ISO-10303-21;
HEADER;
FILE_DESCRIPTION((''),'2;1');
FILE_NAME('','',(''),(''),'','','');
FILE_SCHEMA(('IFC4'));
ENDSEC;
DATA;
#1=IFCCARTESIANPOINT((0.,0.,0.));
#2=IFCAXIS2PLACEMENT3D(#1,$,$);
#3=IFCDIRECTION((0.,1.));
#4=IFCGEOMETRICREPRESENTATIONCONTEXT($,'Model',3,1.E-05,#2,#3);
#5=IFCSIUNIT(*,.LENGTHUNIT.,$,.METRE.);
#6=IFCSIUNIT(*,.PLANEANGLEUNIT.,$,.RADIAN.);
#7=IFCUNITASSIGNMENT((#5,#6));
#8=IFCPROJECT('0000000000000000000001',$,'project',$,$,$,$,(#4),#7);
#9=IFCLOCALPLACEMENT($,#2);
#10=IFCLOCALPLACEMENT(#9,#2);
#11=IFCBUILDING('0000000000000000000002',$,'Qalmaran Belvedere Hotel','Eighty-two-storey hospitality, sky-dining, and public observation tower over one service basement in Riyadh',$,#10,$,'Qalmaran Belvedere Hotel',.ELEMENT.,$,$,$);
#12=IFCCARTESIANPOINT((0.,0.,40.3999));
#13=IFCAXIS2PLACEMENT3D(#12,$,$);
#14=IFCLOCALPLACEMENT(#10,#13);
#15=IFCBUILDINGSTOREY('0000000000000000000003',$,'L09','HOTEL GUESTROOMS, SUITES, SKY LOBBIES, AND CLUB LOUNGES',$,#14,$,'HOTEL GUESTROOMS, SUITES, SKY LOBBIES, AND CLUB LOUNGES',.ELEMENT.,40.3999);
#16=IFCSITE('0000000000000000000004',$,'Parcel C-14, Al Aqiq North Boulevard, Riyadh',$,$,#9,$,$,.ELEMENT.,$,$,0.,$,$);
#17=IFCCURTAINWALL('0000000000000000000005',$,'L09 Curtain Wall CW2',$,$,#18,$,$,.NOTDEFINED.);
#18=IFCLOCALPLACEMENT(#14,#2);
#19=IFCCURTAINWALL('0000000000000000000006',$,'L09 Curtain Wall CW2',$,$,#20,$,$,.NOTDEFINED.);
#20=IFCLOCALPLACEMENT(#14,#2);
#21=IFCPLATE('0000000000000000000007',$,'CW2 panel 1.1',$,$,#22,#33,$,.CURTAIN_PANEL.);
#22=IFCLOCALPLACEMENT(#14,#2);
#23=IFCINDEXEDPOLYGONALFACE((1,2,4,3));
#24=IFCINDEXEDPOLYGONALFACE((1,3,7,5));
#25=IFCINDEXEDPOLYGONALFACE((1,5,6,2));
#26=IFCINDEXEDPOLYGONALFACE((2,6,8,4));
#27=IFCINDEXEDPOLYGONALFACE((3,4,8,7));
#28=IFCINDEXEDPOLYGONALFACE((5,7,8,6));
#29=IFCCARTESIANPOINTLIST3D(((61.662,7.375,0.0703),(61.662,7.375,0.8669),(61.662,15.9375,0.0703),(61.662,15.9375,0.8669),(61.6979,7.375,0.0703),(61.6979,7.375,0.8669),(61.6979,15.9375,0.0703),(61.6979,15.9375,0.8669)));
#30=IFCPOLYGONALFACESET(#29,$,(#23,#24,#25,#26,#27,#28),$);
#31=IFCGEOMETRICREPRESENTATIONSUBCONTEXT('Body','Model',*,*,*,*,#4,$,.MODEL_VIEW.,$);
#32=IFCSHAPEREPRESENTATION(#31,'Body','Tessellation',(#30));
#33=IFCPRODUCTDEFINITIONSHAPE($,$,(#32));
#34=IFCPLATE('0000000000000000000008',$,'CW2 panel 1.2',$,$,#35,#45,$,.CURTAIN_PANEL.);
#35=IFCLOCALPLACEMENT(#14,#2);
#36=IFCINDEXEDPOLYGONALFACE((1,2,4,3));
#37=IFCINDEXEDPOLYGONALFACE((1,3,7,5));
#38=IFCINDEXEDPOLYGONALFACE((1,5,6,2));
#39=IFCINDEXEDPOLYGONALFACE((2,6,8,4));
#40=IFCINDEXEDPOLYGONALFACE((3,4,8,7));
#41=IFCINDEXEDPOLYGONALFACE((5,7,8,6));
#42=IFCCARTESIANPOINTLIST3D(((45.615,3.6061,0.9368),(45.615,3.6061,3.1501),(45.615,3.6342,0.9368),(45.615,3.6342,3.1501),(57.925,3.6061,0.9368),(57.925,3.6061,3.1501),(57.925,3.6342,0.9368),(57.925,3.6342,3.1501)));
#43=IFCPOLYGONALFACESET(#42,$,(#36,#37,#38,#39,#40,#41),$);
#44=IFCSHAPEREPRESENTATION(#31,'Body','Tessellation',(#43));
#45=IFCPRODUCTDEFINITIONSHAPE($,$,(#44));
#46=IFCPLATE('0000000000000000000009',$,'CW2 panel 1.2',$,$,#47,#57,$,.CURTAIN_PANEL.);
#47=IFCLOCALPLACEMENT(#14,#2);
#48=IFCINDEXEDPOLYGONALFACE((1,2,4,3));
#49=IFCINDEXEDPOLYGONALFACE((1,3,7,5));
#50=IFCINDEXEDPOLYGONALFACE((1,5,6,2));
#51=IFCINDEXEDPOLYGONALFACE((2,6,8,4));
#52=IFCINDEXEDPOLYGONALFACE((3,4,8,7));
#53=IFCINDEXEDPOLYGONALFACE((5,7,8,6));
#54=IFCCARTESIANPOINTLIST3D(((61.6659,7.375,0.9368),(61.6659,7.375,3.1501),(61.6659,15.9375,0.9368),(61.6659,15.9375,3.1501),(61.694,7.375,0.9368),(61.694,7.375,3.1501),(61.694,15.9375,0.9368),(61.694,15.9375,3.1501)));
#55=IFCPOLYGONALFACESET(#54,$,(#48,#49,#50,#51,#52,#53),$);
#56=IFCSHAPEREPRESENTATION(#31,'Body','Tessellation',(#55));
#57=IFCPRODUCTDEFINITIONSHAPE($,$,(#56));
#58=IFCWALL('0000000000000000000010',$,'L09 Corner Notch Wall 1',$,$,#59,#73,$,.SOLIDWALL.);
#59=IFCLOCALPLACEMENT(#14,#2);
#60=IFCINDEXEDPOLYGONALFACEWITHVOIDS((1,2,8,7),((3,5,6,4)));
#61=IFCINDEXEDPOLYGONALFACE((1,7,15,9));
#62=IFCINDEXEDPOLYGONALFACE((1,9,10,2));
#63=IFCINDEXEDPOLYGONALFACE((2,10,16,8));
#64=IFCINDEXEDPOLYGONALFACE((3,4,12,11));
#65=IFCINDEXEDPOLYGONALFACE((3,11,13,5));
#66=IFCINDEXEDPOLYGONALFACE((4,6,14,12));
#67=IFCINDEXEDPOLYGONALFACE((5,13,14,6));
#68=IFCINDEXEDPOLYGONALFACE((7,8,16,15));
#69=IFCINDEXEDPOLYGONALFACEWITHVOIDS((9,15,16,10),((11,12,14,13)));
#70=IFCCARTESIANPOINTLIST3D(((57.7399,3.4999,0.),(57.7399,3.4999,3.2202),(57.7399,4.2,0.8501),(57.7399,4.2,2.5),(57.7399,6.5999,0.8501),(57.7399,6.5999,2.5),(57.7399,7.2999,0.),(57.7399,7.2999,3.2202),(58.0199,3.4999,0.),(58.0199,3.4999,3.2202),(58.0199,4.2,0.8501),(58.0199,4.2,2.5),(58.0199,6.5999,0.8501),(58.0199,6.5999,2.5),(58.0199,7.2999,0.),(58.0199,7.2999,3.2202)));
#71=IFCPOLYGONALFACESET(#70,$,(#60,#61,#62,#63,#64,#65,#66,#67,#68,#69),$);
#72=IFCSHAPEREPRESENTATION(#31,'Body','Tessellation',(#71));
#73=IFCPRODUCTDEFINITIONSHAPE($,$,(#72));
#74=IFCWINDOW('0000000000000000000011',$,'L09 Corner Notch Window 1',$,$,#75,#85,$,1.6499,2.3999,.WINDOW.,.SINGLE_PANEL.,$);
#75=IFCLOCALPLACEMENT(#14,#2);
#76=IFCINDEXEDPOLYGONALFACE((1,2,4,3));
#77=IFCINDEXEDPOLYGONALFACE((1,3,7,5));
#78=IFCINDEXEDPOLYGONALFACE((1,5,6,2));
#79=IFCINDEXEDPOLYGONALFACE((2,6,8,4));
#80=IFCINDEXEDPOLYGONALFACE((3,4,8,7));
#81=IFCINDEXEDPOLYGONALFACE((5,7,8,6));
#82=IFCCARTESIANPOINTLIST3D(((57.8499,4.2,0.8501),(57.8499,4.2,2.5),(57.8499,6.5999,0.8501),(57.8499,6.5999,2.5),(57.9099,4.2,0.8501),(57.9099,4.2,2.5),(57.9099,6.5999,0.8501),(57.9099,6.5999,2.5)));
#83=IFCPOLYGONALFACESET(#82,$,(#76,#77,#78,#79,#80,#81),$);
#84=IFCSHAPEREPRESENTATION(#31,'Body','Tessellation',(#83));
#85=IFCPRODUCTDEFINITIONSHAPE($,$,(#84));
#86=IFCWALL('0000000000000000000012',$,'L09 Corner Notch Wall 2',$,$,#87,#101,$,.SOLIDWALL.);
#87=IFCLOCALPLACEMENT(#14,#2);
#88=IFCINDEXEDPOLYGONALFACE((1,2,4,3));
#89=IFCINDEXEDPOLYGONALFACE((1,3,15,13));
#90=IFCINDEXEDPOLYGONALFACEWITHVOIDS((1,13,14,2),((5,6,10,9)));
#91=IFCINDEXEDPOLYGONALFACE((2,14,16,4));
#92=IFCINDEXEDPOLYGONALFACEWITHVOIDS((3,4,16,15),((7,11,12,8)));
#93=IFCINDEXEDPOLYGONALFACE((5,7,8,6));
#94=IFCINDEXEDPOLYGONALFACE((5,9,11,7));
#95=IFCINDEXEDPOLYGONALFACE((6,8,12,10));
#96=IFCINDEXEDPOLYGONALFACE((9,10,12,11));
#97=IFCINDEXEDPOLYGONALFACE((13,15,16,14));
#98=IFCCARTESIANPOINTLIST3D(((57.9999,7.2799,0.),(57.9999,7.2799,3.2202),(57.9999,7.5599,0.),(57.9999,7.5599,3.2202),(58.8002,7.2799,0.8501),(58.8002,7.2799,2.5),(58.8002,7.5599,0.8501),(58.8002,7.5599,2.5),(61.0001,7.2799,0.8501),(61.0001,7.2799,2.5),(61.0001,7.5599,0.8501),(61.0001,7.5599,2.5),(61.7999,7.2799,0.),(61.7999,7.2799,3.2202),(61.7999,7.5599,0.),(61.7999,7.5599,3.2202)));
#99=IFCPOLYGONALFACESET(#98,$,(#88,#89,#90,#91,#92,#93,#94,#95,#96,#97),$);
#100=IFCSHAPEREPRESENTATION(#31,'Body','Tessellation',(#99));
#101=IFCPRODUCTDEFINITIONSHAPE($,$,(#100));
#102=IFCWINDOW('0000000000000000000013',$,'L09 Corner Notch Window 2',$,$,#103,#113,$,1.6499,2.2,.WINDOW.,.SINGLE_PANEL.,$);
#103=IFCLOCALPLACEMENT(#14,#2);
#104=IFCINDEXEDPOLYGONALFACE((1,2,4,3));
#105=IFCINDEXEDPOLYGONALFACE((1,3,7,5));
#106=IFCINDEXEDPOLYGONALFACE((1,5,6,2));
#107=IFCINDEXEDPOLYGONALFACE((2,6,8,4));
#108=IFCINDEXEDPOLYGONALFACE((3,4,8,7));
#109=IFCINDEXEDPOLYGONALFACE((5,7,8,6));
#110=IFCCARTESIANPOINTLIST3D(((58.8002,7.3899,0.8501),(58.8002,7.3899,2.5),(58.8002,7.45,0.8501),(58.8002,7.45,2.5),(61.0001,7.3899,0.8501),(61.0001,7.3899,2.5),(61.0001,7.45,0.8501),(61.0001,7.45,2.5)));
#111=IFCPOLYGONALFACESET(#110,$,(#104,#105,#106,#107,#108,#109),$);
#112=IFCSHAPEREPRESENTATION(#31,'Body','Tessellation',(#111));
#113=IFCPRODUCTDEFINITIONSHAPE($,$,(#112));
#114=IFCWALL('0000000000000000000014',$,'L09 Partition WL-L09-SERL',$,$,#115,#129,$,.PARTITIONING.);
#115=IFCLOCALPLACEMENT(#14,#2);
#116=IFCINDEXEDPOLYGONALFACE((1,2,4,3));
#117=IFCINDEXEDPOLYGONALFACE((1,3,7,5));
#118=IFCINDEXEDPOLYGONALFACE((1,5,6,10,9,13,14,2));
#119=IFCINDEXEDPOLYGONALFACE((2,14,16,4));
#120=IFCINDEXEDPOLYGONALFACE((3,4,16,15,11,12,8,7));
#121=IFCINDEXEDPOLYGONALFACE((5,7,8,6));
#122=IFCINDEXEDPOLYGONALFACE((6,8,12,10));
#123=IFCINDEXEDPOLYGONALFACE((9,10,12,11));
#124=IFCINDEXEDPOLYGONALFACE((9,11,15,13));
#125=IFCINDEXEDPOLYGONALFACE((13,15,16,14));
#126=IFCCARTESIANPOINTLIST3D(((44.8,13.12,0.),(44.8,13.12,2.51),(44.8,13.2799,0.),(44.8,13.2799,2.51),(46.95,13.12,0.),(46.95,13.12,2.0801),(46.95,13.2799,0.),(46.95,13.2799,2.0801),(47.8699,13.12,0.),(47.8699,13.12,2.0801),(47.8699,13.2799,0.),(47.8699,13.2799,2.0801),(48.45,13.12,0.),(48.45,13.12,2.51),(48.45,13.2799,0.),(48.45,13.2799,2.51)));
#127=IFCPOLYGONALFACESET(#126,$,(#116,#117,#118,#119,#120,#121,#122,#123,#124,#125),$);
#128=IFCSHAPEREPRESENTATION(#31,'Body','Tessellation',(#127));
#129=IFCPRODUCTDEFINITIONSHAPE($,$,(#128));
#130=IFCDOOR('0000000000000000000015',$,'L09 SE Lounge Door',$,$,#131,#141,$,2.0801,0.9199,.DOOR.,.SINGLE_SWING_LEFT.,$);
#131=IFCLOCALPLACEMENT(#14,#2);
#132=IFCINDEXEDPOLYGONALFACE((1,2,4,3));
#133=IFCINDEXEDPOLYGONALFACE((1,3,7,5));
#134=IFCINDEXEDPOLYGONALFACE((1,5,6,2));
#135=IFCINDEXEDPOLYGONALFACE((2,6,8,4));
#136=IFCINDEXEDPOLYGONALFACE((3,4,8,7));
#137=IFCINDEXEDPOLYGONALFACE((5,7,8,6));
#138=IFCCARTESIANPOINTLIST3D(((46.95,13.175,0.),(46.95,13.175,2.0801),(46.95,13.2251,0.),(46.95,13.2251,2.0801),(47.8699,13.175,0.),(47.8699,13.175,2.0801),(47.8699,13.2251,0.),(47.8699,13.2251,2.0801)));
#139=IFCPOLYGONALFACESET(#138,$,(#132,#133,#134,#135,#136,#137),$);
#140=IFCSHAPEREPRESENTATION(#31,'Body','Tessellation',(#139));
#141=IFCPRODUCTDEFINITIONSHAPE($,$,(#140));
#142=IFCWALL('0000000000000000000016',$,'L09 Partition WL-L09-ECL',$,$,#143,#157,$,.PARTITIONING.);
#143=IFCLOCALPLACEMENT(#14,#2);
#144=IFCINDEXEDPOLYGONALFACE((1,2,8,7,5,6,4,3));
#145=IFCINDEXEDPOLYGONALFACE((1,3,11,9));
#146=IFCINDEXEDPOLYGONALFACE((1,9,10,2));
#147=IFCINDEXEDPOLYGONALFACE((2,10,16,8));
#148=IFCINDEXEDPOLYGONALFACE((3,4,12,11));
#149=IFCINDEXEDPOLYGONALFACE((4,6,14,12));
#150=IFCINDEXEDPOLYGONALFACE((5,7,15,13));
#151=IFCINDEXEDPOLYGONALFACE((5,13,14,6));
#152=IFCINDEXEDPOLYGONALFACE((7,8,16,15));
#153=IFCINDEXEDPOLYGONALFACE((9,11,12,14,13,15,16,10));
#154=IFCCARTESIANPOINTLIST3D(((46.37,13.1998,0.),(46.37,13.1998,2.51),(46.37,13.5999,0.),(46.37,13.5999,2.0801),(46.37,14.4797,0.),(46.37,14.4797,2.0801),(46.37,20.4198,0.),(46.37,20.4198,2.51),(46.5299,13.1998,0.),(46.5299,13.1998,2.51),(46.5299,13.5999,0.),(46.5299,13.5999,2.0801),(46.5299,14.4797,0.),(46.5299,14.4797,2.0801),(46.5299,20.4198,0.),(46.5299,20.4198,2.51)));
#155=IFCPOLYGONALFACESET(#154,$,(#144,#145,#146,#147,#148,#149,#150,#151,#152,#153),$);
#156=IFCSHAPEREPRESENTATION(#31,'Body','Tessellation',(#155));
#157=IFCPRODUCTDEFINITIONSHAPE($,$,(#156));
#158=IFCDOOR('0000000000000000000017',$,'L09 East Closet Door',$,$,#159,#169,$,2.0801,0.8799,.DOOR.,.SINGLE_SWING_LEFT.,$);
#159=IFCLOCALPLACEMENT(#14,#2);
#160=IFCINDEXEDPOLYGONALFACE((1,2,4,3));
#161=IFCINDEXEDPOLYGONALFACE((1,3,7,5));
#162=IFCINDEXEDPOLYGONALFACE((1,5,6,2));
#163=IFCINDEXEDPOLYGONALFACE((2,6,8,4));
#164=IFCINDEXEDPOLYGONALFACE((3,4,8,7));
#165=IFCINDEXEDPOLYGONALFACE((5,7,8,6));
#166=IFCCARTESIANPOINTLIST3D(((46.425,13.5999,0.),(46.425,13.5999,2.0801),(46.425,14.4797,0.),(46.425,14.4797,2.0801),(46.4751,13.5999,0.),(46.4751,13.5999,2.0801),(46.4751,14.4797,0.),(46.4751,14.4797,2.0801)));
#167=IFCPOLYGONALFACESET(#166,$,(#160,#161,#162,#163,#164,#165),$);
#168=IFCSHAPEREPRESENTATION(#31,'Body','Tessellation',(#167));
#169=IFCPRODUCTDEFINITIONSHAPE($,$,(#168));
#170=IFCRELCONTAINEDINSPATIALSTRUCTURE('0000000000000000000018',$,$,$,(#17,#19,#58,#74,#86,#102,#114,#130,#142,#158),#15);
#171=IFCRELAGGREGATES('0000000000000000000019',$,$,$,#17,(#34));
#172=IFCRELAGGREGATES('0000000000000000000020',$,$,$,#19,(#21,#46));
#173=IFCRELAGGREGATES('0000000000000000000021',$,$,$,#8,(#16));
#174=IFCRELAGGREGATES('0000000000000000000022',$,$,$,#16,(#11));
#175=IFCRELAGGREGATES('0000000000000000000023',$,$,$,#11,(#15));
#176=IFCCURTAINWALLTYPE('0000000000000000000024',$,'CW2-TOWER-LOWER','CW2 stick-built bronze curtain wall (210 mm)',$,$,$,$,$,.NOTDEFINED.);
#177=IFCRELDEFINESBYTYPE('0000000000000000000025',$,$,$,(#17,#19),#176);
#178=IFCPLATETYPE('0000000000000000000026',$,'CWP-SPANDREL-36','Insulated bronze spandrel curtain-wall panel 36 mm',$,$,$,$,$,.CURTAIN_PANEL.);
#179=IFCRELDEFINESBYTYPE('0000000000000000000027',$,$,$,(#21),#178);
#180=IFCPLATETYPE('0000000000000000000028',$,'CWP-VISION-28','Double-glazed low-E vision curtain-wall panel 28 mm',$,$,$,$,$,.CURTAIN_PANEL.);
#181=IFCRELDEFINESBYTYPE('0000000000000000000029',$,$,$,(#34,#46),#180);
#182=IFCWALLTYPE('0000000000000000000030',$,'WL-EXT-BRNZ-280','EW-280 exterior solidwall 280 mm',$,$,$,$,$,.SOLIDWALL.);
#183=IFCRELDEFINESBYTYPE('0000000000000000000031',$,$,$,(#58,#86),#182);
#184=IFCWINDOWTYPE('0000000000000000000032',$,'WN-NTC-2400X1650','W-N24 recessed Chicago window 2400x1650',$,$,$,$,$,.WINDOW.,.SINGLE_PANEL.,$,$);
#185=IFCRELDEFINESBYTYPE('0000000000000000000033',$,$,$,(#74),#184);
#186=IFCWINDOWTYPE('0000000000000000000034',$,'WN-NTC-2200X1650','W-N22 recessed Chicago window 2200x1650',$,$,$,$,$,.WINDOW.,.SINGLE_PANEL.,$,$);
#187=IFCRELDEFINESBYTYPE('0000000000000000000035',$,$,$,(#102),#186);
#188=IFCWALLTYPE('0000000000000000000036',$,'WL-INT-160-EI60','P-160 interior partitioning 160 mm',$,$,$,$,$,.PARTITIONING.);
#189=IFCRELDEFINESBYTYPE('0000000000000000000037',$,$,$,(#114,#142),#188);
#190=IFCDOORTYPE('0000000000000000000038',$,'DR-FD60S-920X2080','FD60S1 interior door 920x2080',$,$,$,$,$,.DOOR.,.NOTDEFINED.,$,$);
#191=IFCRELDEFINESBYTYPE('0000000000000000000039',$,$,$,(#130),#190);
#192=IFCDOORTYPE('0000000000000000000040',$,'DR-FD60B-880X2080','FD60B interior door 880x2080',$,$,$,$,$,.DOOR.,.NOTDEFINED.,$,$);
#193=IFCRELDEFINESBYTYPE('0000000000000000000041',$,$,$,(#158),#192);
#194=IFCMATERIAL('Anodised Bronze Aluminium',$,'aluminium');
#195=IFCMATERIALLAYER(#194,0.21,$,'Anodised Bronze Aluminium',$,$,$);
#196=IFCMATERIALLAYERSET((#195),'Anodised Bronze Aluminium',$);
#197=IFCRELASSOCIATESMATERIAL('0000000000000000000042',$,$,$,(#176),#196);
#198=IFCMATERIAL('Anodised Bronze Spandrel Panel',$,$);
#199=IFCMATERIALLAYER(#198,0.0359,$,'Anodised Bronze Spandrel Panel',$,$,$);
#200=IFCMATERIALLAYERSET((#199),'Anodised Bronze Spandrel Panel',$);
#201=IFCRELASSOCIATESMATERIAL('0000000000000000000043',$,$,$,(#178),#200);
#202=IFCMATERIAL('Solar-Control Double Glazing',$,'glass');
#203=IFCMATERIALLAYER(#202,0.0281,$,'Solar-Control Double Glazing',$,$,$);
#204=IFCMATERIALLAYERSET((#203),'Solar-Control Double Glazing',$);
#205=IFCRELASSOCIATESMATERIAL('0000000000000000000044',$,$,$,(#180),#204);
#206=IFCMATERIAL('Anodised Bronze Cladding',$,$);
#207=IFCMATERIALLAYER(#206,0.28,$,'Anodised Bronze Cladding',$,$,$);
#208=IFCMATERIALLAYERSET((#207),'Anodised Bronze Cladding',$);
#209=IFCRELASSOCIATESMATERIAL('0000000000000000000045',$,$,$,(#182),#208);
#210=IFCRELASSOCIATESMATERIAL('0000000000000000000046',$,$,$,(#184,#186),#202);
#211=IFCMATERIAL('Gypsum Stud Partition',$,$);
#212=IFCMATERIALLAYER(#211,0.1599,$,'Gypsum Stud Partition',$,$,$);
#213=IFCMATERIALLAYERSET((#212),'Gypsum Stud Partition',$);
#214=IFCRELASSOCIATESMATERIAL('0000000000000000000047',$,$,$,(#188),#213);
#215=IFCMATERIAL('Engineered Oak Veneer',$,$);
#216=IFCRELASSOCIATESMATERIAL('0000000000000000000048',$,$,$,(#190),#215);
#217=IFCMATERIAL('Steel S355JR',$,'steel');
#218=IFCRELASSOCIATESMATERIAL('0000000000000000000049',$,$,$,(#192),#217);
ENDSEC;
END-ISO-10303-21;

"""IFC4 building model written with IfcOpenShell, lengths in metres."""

from ifc_helpers import new_model, si_unit, direction, frame, frame_2d, origin, origin_2d, place, context, subcontext, project, spatial, rectangle, extrude, material, layer, layer_set, type_object, element, fill, aggregate, save


model = new_model("IFC4")

# Units and contexts
model_context = context("Model", 3, precision=1e-05, world=origin(), true_north=direction((0.0, 1.0)))
body_context = subcontext(model_context, "Body", "Model", "MODEL_VIEW")
ifc_project = project(units=[si_unit("LENGTHUNIT", "METRE"), si_unit("PLANEANGLEUNIT", "RADIAN")], contexts=[model_context])

# Site, building, storey
site_placement = place(None, origin())
site = spatial("IfcSite", under=ifc_project, at=site_placement, Name="Parcel C-14, Al Aqiq North Boulevard, Riyadh", CompositionType="ELEMENT", RefElevation=0.0)
building_placement = place(site_placement, origin())
building = spatial("IfcBuilding", under=site, at=building_placement, Name="Qalmaran Belvedere Hotel", Description="Eighty-two-storey hospitality, sky-dining, and public observation tower over one service basement in Riyadh", LongName="Qalmaran Belvedere Hotel", CompositionType="ELEMENT")
storey_placement = place(building_placement, frame((0.0, 0.0, 40.3999)))
storey = spatial("IfcBuildingStorey", under=building, at=storey_placement, Name="L09", Description="HOTEL GUESTROOMS, SUITES, SKY LOBBIES, AND CLUB LOUNGES", LongName="HOTEL GUESTROOMS, SUITES, SKY LOBBIES, AND CLUB LOUNGES", CompositionType="ELEMENT", Elevation=40.3999)

# Shared definitions
ifc_material_1 = material(Name="Steel S355JR", Category="steel")

# Curtain wall
ifc_material_2 = material(Name="Anodised Bronze Aluminium", Category="aluminium")
ifc_layer_1 = layer(ifc_material_2, 0.21, Name="Anodised Bronze Aluminium")
ifc_layer_set_1 = layer_set([ifc_layer_1], Name="Anodised Bronze Aluminium")
curtain_wall_type = type_object("IfcCurtainWallType", Name="CW2-TOWER-LOWER", Description="CW2 stick-built bronze curtain wall (210 mm)", PredefinedType="NOTDEFINED", material=ifc_layer_set_1)
curtain_wall_1_placement = place(storey_placement, origin())
curtain_wall_1 = element("IfcCurtainWall", 1, at=curtain_wall_1_placement, inside=storey, type_object=curtain_wall_type, Name="L09 Curtain Wall CW2", PredefinedType="NOTDEFINED")

# Curtain wall
curtain_wall_2_placement = place(storey_placement, origin())
curtain_wall_2 = element("IfcCurtainWall", 2, at=curtain_wall_2_placement, inside=storey, type_object=curtain_wall_type, Name="L09 Curtain Wall CW2", PredefinedType="NOTDEFINED")

# Plates
ifc_material_3 = material(Name="Anodised Bronze Spandrel Panel")
ifc_layer_2 = layer(ifc_material_3, 0.0359, Name="Anodised Bronze Spandrel Panel")
ifc_layer_set_2 = layer_set([ifc_layer_2], Name="Anodised Bronze Spandrel Panel")
plate_type_1 = type_object("IfcPlateType", Name="CWP-SPANDREL-36", Description="Insulated bronze spandrel curtain-wall panel 36 mm", PredefinedType="CURTAIN_PANEL", material=ifc_layer_set_2)
plate_1_placement = place(storey_placement, frame((61.6799, 11.6562, 0.0703), z_axis=(0.0, 0.0, 1.0), x_axis=(0.0, 1.0, 0.0)))
plate_1 = element("IfcPlate", 3, at=plate_1_placement, type_object=plate_type_1, Name="CW2 panel 1.1", PredefinedType="CURTAIN_PANEL", context=body_context, shape_type="SweptSolid", body=[
    extrude(rectangle(XDim=8.5625, YDim=0.0359, at=origin_2d()), origin(), (0.0, 0.0, 1.0), 0.7966),
])
ifc_material_4 = material(Name="Solar-Control Double Glazing", Category="glass")
ifc_layer_3 = layer(ifc_material_4, 0.0281, Name="Solar-Control Double Glazing")
ifc_layer_set_3 = layer_set([ifc_layer_3], Name="Solar-Control Double Glazing")
plate_type_2 = type_object("IfcPlateType", Name="CWP-VISION-28", Description="Double-glazed low-E vision curtain-wall panel 28 mm", PredefinedType="CURTAIN_PANEL", material=ifc_layer_set_3)
plate_2_placement = place(storey_placement, frame((51.77, 3.6201, 0.9368), z_axis=(0.0, 0.0, 1.0), x_axis=(1.0, 0.0, 0.0)))
plate_2 = element("IfcPlate", 4, at=plate_2_placement, type_object=plate_type_2, Name="CW2 panel 1.2", PredefinedType="CURTAIN_PANEL", context=body_context, shape_type="SweptSolid", body=[
    extrude(rectangle(XDim=12.3101, YDim=0.0281, at=origin_2d()), origin(), (0.0, 0.0, 1.0), 2.2134),
])
aggregate(curtain_wall_1, [plate_2])
plate_3_placement = place(storey_placement, frame((61.6799, 11.6562, 0.9368), z_axis=(0.0, 0.0, 1.0), x_axis=(0.0, 1.0, 0.0)))
plate_3 = element("IfcPlate", 5, at=plate_3_placement, type_object=plate_type_2, Name="CW2 panel 1.2", PredefinedType="CURTAIN_PANEL", context=body_context, shape_type="SweptSolid", body=[
    extrude(rectangle(XDim=8.5625, YDim=0.0281, at=origin_2d()), origin(), (0.0, 0.0, 1.0), 2.2134),
])
aggregate(curtain_wall_2, [plate_1, plate_3])

# Walls, openings, windows
ifc_material_5 = material(Name="Anodised Bronze Cladding")
ifc_layer_4 = layer(ifc_material_5, 0.28, Name="Anodised Bronze Cladding")
ifc_layer_set_4 = layer_set([ifc_layer_4], Name="Anodised Bronze Cladding")
wall_type_1 = type_object("IfcWallType", Name="WL-EXT-BRNZ-280", Description="EW-280 exterior solidwall 280 mm", PredefinedType="SOLIDWALL", material=ifc_layer_set_4)
wall_1_placement = place(storey_placement, frame((57.8799, 3.5, 0.0), z_axis=(0.0, 0.0, 1.0), x_axis=(0.0, 1.0, 0.0)))
wall_1 = element("IfcWall", 6, at=wall_1_placement, inside=storey, type_object=wall_type_1, Name="L09 Corner Notch Wall 1", PredefinedType="SOLIDWALL", context=body_context, shape_type="SweptSolid", body=[
    extrude(rectangle(XDim=3.8, YDim=0.28, at=frame_2d((1.8999, 0.0))), origin(), (0.0, 0.0, 1.0), 3.2202),
])
opening_1_placement = place(wall_1_placement, frame((0.7, 0.0, 0.8501)))
opening_1 = element("IfcOpeningElement", 7, at=opening_1_placement, cuts=wall_1, PredefinedType="OPENING", context=body_context, shape_type="SweptSolid", body=[
    extrude(rectangle(XDim=2.3999, YDim=1.6499, at=frame_2d((1.2, 0.825))), frame((0.0, 0.1499, 0.0), z_axis=(0.0, -1.0, 0.0), x_axis=(1.0, 0.0, 0.0)), (0.0, 0.0, 1.0), 0.3),
])
window_type_1 = type_object("IfcWindowType", Name="WN-NTC-2400X1650", Description="W-N24 recessed Chicago window 2400x1650", PartitioningType="SINGLE_PANEL", PredefinedType="WINDOW", material=ifc_material_4)
window_1_placement = place(opening_1_placement, origin())
window_1 = element("IfcWindow", 8, at=window_1_placement, inside=storey, type_object=window_type_1, Name="L09 Corner Notch Window 1", OverallHeight=1.6499, OverallWidth=2.3999, PartitioningType="SINGLE_PANEL", PredefinedType="WINDOW", context=body_context, shape_type="SweptSolid", body=[
    extrude(rectangle(XDim=2.3999, YDim=1.6499, at=frame_2d((1.2, 0.825))), frame((0.0, 0.03, 0.0), z_axis=(0.0, -1.0, 0.0), x_axis=(1.0, 0.0, 0.0)), (0.0, 0.0, 1.0), 0.0601),
])
fill(opening_1, window_1)
wall_2_placement = place(storey_placement, frame((58.0, 7.4199, 0.0), z_axis=(0.0, 0.0, 1.0), x_axis=(1.0, 0.0, 0.0)))
wall_2 = element("IfcWall", 9, at=wall_2_placement, inside=storey, type_object=wall_type_1, Name="L09 Corner Notch Wall 2", PredefinedType="SOLIDWALL", context=body_context, shape_type="SweptSolid", body=[
    extrude(rectangle(XDim=3.8, YDim=0.28, at=frame_2d((1.8999, 0.0))), origin(), (0.0, 0.0, 1.0), 3.2202),
])
opening_2_placement = place(wall_2_placement, frame((0.8, 0.0, 0.8501)))
opening_2 = element("IfcOpeningElement", 10, at=opening_2_placement, cuts=wall_2, PredefinedType="OPENING", context=body_context, shape_type="SweptSolid", body=[
    extrude(rectangle(XDim=2.2, YDim=1.6499, at=frame_2d((1.1001, 0.825))), frame((0.0, 0.1499, 0.0), z_axis=(0.0, -1.0, 0.0), x_axis=(1.0, 0.0, 0.0)), (0.0, 0.0, 1.0), 0.3),
])
window_type_2 = type_object("IfcWindowType", Name="WN-NTC-2200X1650", Description="W-N22 recessed Chicago window 2200x1650", PartitioningType="SINGLE_PANEL", PredefinedType="WINDOW", material=ifc_material_4)
window_2_placement = place(opening_2_placement, origin())
window_2 = element("IfcWindow", 11, at=window_2_placement, inside=storey, type_object=window_type_2, Name="L09 Corner Notch Window 2", OverallHeight=1.6499, OverallWidth=2.2, PartitioningType="SINGLE_PANEL", PredefinedType="WINDOW", context=body_context, shape_type="SweptSolid", body=[
    extrude(rectangle(XDim=2.2, YDim=1.6499, at=frame_2d((1.1001, 0.825))), frame((0.0, 0.03, 0.0), z_axis=(0.0, -1.0, 0.0), x_axis=(1.0, 0.0, 0.0)), (0.0, 0.0, 1.0), 0.0601),
])
fill(opening_2, window_2)

# Walls, openings, doors
ifc_material_6 = material(Name="Gypsum Stud Partition")
ifc_layer_5 = layer(ifc_material_6, 0.1599, Name="Gypsum Stud Partition")
ifc_layer_set_5 = layer_set([ifc_layer_5], Name="Gypsum Stud Partition")
wall_type_2 = type_object("IfcWallType", Name="WL-INT-160-EI60", Description="P-160 interior partitioning 160 mm", PredefinedType="PARTITIONING", material=ifc_layer_set_5)
wall_3_placement = place(storey_placement, frame((44.8, 13.2, 0.0), z_axis=(0.0, 0.0, 1.0), x_axis=(1.0, 0.0, 0.0)))
wall_3 = element("IfcWall", 12, at=wall_3_placement, inside=storey, type_object=wall_type_2, Name="L09 Partition WL-L09-SERL", PredefinedType="PARTITIONING", context=body_context, shape_type="SweptSolid", body=[
    extrude(rectangle(XDim=3.6499, YDim=0.1599, at=frame_2d((1.825, 0.0))), origin(), (0.0, 0.0, 1.0), 2.51),
])
opening_3_placement = place(wall_3_placement, frame((3.0698, 0.0, 0.0), z_axis=(0.0, 0.0, 1.0), x_axis=(-1.0, 0.0, 0.0)))
opening_3 = element("IfcOpeningElement", 13, at=opening_3_placement, cuts=wall_3, PredefinedType="OPENING", context=body_context, shape_type="SweptSolid", body=[
    extrude(rectangle(XDim=0.9199, YDim=2.0801, at=frame_2d((0.46, 1.04))), frame((0.0, 0.0898, 0.0), z_axis=(0.0, -1.0, 0.0), x_axis=(1.0, 0.0, 0.0)), (0.0, 0.0, 1.0), 0.1799),
])
ifc_material_7 = material(Name="Engineered Oak Veneer")
door_type_1 = type_object("IfcDoorType", Name="DR-FD60S-920X2080", Description="FD60S1 interior door 920x2080", OperationType="NOTDEFINED", PredefinedType="DOOR", material=ifc_material_7)
door_1_placement = place(opening_3_placement, origin())
door_1 = element("IfcDoor", 14, at=door_1_placement, inside=storey, type_object=door_type_1, Name="L09 SE Lounge Door", OperationType="SINGLE_SWING_LEFT", OverallHeight=2.0801, OverallWidth=0.9199, PredefinedType="DOOR", context=body_context, shape_type="SweptSolid", body=[
    extrude(rectangle(XDim=0.9199, YDim=2.0801, at=frame_2d((0.46, 1.04))), frame((0.0, 0.0249, 0.0), z_axis=(0.0, -1.0, 0.0), x_axis=(1.0, 0.0, 0.0)), (0.0, 0.0, 1.0), 0.05),
])
fill(opening_3, door_1)
wall_4_placement = place(storey_placement, frame((46.45, 13.2, 0.0), z_axis=(0.0, 0.0, 1.0), x_axis=(0.0, 1.0, 0.0)))
wall_4 = element("IfcWall", 15, at=wall_4_placement, inside=storey, type_object=wall_type_2, Name="L09 Partition WL-L09-ECL", PredefinedType="PARTITIONING", context=body_context, shape_type="SweptSolid", body=[
    extrude(rectangle(XDim=7.22, YDim=0.1599, at=frame_2d((3.6099, 0.0))), origin(), (0.0, 0.0, 1.0), 2.51),
])
opening_4_placement = place(wall_4_placement, frame((0.3999, 0.0, 0.0)))
opening_4 = element("IfcOpeningElement", 16, at=opening_4_placement, cuts=wall_4, PredefinedType="OPENING", context=body_context, shape_type="SweptSolid", body=[
    extrude(rectangle(XDim=0.8799, YDim=2.0801, at=frame_2d((0.4399, 1.04))), frame((0.0, 0.0898, 0.0), z_axis=(0.0, -1.0, 0.0), x_axis=(1.0, 0.0, 0.0)), (0.0, 0.0, 1.0), 0.1799),
])
door_type_2 = type_object("IfcDoorType", Name="DR-FD60B-880X2080", Description="FD60B interior door 880x2080", OperationType="NOTDEFINED", PredefinedType="DOOR", material=ifc_material_1)
door_2_placement = place(opening_4_placement, origin())
door_2 = element("IfcDoor", 17, at=door_2_placement, inside=storey, type_object=door_type_2, Name="L09 East Closet Door", OperationType="SINGLE_SWING_LEFT", OverallHeight=2.0801, OverallWidth=0.8799, PredefinedType="DOOR", context=body_context, shape_type="SweptSolid", body=[
    extrude(rectangle(XDim=0.8799, YDim=2.0801, at=frame_2d((0.4399, 1.04))), frame((0.0, 0.0249, 0.0), z_axis=(0.0, -1.0, 0.0), x_axis=(1.0, 0.0, 0.0)), (0.0, 0.0, 1.0), 0.05),
])
fill(opening_4, door_2)

save(model, "model.ifc")
